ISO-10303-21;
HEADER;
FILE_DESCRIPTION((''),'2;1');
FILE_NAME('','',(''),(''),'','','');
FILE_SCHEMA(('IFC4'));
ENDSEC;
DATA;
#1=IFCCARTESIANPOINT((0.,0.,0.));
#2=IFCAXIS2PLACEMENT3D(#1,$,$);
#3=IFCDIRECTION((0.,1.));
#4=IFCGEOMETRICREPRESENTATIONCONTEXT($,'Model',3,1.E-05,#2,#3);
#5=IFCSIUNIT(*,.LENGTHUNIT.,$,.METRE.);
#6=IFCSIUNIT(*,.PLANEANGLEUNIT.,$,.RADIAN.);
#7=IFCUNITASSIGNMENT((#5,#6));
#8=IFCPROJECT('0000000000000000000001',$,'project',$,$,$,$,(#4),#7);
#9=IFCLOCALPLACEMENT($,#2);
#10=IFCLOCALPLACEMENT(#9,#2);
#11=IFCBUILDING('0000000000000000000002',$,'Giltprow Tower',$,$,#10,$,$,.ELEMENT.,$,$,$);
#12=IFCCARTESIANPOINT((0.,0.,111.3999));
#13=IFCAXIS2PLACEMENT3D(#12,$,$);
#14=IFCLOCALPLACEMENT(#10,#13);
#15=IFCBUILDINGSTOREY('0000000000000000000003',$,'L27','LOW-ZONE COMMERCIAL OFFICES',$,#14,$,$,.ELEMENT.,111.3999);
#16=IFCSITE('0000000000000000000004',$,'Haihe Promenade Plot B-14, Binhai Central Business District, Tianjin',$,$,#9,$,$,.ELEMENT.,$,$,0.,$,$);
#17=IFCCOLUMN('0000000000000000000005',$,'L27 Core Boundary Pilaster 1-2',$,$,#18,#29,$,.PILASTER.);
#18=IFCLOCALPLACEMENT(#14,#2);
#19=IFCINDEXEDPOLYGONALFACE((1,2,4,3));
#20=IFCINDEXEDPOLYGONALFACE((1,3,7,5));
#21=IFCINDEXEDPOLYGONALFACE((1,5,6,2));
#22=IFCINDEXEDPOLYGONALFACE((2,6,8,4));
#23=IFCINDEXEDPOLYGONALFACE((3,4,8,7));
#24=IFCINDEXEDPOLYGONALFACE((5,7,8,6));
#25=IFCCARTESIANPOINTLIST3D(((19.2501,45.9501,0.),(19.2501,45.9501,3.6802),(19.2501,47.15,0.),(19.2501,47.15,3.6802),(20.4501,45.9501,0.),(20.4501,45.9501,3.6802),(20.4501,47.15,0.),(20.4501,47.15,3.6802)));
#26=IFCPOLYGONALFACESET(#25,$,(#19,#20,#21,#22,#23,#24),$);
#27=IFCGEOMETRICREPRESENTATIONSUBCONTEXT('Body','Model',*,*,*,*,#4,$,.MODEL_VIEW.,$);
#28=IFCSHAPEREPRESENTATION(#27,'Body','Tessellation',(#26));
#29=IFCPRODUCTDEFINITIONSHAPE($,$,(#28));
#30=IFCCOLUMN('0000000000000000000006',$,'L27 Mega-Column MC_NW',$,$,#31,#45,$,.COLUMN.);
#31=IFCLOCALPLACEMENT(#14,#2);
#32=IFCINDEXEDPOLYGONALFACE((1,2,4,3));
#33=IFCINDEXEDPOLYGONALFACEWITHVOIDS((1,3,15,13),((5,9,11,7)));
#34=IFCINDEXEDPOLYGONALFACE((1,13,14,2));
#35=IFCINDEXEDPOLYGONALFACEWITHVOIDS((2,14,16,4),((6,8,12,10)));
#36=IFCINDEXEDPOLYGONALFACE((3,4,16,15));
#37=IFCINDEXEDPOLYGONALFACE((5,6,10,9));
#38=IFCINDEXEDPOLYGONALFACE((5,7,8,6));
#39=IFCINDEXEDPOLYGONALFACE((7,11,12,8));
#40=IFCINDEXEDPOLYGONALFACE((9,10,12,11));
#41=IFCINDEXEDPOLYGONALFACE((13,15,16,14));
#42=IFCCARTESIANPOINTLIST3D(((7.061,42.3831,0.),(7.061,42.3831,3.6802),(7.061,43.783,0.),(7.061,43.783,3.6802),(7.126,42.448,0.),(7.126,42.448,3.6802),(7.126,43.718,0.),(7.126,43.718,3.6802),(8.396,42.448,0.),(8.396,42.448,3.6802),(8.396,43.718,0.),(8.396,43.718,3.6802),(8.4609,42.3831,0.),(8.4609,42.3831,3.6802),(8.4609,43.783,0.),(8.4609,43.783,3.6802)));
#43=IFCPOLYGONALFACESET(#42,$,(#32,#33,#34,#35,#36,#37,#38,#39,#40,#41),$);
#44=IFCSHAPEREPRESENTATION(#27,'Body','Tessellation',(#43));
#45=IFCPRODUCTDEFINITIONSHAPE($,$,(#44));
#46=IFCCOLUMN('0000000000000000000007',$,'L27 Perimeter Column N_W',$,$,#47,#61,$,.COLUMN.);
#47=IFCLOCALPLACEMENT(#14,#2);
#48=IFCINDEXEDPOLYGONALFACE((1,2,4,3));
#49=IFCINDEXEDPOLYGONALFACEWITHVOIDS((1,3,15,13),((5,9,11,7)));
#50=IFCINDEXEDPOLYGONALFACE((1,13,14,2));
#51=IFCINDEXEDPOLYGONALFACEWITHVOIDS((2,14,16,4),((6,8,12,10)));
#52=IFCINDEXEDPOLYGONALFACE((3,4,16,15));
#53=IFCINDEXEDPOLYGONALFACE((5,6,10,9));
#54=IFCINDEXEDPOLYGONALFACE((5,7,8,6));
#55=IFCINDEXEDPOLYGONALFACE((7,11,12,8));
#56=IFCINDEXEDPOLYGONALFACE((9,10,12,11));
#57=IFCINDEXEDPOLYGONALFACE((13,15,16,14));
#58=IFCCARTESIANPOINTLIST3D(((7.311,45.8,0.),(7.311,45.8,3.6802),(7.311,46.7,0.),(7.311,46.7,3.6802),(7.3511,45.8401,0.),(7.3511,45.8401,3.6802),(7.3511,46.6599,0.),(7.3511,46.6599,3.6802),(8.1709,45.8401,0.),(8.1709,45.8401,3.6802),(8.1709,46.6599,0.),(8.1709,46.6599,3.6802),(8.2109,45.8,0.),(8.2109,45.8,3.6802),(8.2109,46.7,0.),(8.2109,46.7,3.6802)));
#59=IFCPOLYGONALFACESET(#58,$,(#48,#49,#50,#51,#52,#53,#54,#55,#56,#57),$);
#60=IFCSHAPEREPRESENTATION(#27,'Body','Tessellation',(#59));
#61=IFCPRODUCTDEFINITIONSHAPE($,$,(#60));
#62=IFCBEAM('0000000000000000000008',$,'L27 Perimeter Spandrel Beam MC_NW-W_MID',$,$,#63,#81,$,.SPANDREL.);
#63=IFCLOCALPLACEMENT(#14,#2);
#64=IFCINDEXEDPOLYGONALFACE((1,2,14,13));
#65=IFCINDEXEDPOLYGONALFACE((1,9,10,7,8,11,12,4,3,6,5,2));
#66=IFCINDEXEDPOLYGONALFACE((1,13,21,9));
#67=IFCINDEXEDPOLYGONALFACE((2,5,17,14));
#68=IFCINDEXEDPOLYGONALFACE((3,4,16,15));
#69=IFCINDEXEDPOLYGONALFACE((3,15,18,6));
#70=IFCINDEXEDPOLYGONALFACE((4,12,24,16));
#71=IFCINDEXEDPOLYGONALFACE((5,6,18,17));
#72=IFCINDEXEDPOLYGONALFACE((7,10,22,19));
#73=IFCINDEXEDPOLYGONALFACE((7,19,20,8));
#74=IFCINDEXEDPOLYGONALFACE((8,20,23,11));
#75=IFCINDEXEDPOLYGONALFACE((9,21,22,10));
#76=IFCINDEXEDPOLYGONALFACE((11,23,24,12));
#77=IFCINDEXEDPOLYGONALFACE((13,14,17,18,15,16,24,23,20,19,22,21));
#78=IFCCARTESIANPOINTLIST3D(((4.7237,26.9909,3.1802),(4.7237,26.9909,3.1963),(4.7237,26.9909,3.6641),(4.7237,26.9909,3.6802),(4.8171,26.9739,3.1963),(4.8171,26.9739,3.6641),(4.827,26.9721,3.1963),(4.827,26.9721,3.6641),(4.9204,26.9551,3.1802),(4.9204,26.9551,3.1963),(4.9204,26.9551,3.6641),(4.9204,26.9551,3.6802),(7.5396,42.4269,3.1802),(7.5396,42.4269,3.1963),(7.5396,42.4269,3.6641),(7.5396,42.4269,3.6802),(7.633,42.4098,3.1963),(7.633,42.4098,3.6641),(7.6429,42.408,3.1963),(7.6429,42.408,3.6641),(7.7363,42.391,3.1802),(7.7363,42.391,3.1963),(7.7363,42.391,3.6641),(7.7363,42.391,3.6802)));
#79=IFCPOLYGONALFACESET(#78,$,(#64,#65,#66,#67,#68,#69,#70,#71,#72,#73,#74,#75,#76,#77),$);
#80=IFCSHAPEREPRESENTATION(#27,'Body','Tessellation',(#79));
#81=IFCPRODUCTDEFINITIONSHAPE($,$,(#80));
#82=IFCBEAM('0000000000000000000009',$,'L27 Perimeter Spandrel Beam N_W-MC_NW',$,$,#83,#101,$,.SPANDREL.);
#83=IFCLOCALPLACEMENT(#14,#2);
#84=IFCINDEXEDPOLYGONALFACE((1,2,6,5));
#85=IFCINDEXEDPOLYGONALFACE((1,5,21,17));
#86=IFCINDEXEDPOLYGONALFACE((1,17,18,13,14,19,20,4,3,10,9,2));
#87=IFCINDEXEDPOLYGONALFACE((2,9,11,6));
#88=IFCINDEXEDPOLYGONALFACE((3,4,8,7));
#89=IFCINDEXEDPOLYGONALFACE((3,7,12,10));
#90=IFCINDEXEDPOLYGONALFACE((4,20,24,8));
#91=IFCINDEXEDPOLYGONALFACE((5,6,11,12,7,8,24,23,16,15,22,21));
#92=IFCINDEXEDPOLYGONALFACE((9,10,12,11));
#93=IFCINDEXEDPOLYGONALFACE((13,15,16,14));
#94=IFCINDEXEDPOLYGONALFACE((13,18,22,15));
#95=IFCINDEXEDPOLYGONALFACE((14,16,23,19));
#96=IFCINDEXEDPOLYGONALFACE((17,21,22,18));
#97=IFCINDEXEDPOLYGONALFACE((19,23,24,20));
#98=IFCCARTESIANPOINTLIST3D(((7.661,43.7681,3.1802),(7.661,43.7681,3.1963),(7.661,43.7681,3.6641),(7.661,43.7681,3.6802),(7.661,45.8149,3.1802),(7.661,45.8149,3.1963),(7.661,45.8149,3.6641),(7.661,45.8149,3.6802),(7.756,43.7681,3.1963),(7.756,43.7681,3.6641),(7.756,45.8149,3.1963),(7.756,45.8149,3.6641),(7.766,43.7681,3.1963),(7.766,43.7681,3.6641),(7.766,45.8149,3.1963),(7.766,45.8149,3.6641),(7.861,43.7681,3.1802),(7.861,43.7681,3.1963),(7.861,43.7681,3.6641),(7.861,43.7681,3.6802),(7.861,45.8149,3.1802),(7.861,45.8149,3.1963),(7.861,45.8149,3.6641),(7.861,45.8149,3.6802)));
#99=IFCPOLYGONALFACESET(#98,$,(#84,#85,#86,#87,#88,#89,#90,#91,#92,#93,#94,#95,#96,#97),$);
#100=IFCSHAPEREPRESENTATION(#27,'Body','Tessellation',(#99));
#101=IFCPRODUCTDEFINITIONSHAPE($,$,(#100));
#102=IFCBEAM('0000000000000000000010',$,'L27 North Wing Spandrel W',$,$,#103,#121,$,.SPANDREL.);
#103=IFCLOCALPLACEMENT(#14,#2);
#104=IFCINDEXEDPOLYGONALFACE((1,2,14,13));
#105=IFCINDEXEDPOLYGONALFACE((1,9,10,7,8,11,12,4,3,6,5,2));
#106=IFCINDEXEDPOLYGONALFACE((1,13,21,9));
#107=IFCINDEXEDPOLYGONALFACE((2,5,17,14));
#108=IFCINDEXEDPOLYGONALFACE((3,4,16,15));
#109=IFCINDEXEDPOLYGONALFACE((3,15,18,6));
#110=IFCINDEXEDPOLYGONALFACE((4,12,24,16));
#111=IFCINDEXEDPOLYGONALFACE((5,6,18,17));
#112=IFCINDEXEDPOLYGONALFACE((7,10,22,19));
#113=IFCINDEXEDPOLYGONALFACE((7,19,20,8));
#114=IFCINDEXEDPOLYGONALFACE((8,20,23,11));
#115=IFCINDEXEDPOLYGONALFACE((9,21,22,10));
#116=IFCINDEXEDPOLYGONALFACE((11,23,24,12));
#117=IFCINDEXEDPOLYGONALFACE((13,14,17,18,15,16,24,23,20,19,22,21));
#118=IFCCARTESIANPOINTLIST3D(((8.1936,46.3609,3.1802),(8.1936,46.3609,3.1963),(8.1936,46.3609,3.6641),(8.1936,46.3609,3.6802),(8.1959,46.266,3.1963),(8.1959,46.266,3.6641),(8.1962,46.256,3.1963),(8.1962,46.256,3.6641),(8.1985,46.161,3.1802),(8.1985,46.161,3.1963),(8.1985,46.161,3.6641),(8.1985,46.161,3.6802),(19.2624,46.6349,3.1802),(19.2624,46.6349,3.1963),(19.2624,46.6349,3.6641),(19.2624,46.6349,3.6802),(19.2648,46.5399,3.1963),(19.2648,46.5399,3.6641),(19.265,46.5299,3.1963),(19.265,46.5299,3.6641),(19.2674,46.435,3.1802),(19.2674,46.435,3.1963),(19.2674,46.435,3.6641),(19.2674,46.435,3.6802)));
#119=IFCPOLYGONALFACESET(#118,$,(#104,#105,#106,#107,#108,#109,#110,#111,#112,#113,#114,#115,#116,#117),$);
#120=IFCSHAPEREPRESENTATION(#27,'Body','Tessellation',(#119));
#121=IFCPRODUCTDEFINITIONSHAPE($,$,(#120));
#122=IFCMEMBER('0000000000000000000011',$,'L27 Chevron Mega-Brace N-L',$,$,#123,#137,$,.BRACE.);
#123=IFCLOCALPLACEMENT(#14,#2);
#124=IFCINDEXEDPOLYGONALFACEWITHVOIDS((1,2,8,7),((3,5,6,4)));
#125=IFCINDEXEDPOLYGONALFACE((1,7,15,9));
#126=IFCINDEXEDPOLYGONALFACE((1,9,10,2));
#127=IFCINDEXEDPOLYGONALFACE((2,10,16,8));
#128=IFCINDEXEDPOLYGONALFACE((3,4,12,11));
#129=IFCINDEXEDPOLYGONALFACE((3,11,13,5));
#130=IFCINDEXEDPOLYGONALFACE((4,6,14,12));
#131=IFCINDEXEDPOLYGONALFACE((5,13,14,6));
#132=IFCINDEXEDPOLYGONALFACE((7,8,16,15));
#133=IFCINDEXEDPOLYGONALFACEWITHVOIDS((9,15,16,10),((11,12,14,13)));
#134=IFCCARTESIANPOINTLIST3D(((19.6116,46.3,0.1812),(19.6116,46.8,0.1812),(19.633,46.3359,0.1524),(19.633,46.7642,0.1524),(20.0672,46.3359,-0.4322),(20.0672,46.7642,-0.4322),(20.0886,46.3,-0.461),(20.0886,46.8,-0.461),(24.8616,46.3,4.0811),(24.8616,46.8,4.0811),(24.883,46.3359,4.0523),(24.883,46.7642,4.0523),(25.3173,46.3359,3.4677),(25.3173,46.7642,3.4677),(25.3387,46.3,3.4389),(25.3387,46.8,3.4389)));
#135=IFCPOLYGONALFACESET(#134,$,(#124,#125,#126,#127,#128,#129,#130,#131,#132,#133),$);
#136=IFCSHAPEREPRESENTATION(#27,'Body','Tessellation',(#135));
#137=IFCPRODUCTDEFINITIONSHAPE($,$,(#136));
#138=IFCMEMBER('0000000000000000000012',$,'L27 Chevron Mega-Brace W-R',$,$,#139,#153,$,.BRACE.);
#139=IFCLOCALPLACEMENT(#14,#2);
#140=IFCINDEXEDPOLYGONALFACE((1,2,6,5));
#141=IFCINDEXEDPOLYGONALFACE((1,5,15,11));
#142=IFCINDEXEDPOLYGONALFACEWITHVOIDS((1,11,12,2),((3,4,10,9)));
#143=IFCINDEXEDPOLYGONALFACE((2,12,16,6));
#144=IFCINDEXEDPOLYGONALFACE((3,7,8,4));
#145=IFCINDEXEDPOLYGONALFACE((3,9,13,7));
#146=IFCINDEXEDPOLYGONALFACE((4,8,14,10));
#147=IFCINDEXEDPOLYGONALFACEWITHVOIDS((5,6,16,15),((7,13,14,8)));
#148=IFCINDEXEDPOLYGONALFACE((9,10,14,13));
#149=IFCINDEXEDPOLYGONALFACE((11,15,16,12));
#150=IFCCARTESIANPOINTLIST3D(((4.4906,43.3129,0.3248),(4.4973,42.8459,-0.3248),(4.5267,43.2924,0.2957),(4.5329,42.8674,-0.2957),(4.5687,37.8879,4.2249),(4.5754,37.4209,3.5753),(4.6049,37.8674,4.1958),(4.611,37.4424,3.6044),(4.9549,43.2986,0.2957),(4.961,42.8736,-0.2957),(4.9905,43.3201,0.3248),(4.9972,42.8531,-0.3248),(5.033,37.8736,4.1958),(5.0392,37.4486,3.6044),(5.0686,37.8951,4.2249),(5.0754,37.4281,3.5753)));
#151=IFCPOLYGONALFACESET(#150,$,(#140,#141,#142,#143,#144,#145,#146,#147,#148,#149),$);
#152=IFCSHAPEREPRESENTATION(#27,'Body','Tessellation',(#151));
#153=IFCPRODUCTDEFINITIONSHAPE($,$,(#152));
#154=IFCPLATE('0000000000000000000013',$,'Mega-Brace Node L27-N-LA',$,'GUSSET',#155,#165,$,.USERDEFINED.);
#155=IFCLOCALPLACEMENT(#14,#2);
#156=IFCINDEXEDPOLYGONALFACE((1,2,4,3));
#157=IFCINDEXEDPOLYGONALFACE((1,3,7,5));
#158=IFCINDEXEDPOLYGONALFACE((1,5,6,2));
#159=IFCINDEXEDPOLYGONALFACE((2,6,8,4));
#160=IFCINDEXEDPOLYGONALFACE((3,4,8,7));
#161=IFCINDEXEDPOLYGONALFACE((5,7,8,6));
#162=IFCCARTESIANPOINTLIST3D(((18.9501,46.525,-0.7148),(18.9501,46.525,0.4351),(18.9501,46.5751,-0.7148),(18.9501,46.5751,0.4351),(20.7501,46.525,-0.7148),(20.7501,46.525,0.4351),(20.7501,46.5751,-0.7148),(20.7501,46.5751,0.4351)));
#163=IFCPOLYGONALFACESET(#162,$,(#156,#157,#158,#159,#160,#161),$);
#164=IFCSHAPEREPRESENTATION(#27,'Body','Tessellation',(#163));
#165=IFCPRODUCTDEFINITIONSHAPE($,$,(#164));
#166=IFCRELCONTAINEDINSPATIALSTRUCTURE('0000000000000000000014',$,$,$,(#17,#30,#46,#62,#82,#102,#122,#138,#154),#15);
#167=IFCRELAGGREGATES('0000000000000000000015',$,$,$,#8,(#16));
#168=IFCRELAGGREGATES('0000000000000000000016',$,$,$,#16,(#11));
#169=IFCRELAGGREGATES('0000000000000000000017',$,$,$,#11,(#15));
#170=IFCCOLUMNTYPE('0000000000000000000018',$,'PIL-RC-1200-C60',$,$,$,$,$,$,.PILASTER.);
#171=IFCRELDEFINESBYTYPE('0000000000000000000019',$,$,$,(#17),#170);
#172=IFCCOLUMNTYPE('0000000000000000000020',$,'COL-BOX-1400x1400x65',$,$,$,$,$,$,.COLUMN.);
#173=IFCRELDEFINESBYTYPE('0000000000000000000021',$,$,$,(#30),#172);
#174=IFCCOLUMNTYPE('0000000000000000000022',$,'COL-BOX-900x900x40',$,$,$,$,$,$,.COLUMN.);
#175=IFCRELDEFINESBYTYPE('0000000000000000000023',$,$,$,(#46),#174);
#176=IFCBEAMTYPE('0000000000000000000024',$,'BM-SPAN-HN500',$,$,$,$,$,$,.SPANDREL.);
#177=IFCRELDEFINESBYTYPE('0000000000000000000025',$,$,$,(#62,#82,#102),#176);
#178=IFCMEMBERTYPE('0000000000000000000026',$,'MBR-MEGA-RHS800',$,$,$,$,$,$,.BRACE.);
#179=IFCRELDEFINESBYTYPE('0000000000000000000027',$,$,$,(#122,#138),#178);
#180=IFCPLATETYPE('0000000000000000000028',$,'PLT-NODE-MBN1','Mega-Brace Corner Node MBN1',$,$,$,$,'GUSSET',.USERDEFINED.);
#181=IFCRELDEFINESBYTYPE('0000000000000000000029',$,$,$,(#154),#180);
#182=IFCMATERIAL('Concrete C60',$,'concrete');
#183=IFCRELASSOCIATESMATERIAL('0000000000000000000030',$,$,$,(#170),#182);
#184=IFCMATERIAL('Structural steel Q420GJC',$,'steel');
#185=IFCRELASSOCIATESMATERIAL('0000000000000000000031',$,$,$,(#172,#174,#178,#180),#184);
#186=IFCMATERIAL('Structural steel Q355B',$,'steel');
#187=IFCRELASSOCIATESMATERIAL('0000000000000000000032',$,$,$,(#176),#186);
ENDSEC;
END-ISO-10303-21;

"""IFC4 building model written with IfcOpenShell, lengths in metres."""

from ifc_helpers import new_model, si_unit, direction, frame, origin, origin_2d, place, context, subcontext, project, spatial, rectangle, hollow_rectangle, i_section, extrude, source, transform, mapped, material, material_profile, profile_set, type_object, element, save


model = new_model("IFC4")

# Units and contexts
model_context = context("Model", 3, precision=1e-05, world=origin(), true_north=direction((0.0, 1.0)))
body_context = subcontext(model_context, "Body", "Model", "MODEL_VIEW")
ifc_project = project(units=[si_unit("LENGTHUNIT", "METRE"), si_unit("PLANEANGLEUNIT", "RADIAN")], contexts=[model_context])

# Site, building, storey
site_placement = place(None, origin())
site = spatial("IfcSite", under=ifc_project, at=site_placement, Name="Haihe Promenade Plot B-14, Binhai Central Business District, Tianjin", CompositionType="ELEMENT", RefElevation=0.0)
building_placement = place(site_placement, origin())
building = spatial("IfcBuilding", under=site, at=building_placement, Name="Giltprow Tower", CompositionType="ELEMENT")
storey_placement = place(building_placement, frame((0.0, 0.0, 111.3999)))
storey = spatial("IfcBuildingStorey", under=building, at=storey_placement, Name="L27", Description="LOW-ZONE COMMERCIAL OFFICES", CompositionType="ELEMENT", Elevation=111.3999)

# Columns
ifc_material_1 = material(Name="Concrete C60", Category="concrete")
ifc_material_profile_1 = material_profile(ifc_material_1, rectangle(XDim=1.2, YDim=1.2, at=origin_2d()), Name="RC 1200x1200")
ifc_profile_set_1 = profile_set([ifc_material_profile_1], Name="Concrete C60")
column_type_1 = type_object("IfcColumnType", Name="PIL-RC-1200-C60", PredefinedType="PILASTER", material=ifc_profile_set_1)
shared_shape_1 = source(origin(), body_context, "Body", "SweptSolid", [
    extrude(rectangle(XDim=1.2, YDim=1.2, at=origin_2d()), origin(), (0.0, 0.0, 1.0), 3.6802),
])
column_1_placement = place(storey_placement, frame((19.8501, 46.55, 0.0), z_axis=(0.0, 0.0, 1.0), x_axis=(1.0, 0.0, 0.0)))
element("IfcColumn", 1, at=column_1_placement, inside=storey, type_object=column_type_1, Name="L27 Core Boundary Pilaster 1-2", PredefinedType="PILASTER", context=body_context, shape_type="MappedRepresentation", body=[
    mapped(shared_shape_1, transform((0.0, 0.0, 0.0), x_axis=(1.0, 0.0, 0.0), y_axis=(0.0, 1.0, 0.0), z_axis=(0.0, 0.0, 1.0), scale=1.0)),
])
ifc_material_2 = material(Name="Structural steel Q420GJC", Category="steel")
ifc_material_profile_2 = material_profile(ifc_material_2, hollow_rectangle(XDim=1.3999, YDim=1.3999, WallThickness=0.0649, at=origin_2d()), Name="BOX 1400x1400x65")
ifc_profile_set_2 = profile_set([ifc_material_profile_2], Name="Structural steel Q420GJC")
column_type_2 = type_object("IfcColumnType", Name="COL-BOX-1400x1400x65", PredefinedType="COLUMN", material=ifc_profile_set_2)
shared_shape_2 = source(origin(), body_context, "Body", "SweptSolid", [
    extrude(hollow_rectangle(XDim=1.3999, YDim=1.3999, WallThickness=0.0649, at=origin_2d()), origin(), (0.0, 0.0, 1.0), 3.6802),
])
column_2_placement = place(storey_placement, frame((7.761, 43.083, 0.0), z_axis=(0.0, 0.0, 1.0), x_axis=(1.0, 0.0, 0.0)))
element("IfcColumn", 2, at=column_2_placement, inside=storey, type_object=column_type_2, Name="L27 Mega-Column MC_NW", PredefinedType="COLUMN", context=body_context, shape_type="MappedRepresentation", body=[
    mapped(shared_shape_2, transform((0.0, 0.0, 0.0), x_axis=(1.0, 0.0, 0.0), y_axis=(0.0, 1.0, 0.0), z_axis=(0.0, 0.0, 1.0), scale=1.0)),
])
ifc_material_profile_3 = material_profile(ifc_material_2, hollow_rectangle(XDim=0.8999, YDim=0.8999, WallThickness=0.04, at=origin_2d()), Name="BOX 900x900x40")
ifc_profile_set_3 = profile_set([ifc_material_profile_3], Name="Structural steel Q420GJC")
column_type_3 = type_object("IfcColumnType", Name="COL-BOX-900x900x40", PredefinedType="COLUMN", material=ifc_profile_set_3)
shared_shape_3 = source(origin(), body_context, "Body", "SweptSolid", [
    extrude(hollow_rectangle(XDim=0.8999, YDim=0.8999, WallThickness=0.04, at=origin_2d()), origin(), (0.0, 0.0, 1.0), 3.6802),
])
column_3_placement = place(storey_placement, frame((7.761, 46.25, 0.0), z_axis=(0.0, 0.0, 1.0), x_axis=(1.0, 0.0, 0.0)))
element("IfcColumn", 3, at=column_3_placement, inside=storey, type_object=column_type_3, Name="L27 Perimeter Column N_W", PredefinedType="COLUMN", context=body_context, shape_type="MappedRepresentation", body=[
    mapped(shared_shape_3, transform((0.0, 0.0, 0.0), x_axis=(1.0, 0.0, 0.0), y_axis=(0.0, 1.0, 0.0), z_axis=(0.0, 0.0, 1.0), scale=1.0)),
])

# Beams
ifc_material_3 = material(Name="Structural steel Q355B", Category="steel")
ifc_material_profile_4 = material_profile(ifc_material_3, i_section(OverallWidth=0.2, OverallDepth=0.5, WebThickness=0.01, FlangeThickness=0.0161, at=origin_2d()), Name="HN 500x200x10x16")
ifc_profile_set_4 = profile_set([ifc_material_profile_4], Name="Structural steel Q355B")
beam_type = type_object("IfcBeamType", Name="BM-SPAN-HN500", PredefinedType="SPANDREL", material=ifc_profile_set_4)
shared_shape_4 = source(origin(), body_context, "Body", "SweptSolid", [
    extrude(i_section(OverallWidth=0.2, OverallDepth=0.5, WebThickness=0.01, FlangeThickness=0.0161, at=origin_2d()), origin(), (0.0, 0.0, 1.0), 15.6907),
])
beam_1_placement = place(storey_placement, frame((7.6379, 42.4089, 3.4302), z_axis=(-0.179463, -0.983765, 0.0), x_axis=(0.983765, -0.179463, 0.0)))
element("IfcBeam", 4, at=beam_1_placement, inside=storey, type_object=beam_type, Name="L27 Perimeter Spandrel Beam MC_NW-W_MID", PredefinedType="SPANDREL", context=body_context, shape_type="MappedRepresentation", body=[
    mapped(shared_shape_4, transform((0.0, 0.0, 0.0), x_axis=(1.0, 0.0, 0.0), y_axis=(0.0, 1.0, 0.0), z_axis=(0.0, 0.0, 1.0), scale=1.0)),
])
shared_shape_5 = source(origin(), body_context, "Body", "SweptSolid", [
    extrude(i_section(OverallWidth=0.2, OverallDepth=0.5, WebThickness=0.01, FlangeThickness=0.0161, at=origin_2d()), origin(), (0.0, 0.0, 1.0), 2.0469),
])
beam_2_placement = place(storey_placement, frame((7.761, 45.8149, 3.4302), z_axis=(0.0, -1.0, 0.0), x_axis=(1.0, 0.0, 0.0)))
element("IfcBeam", 5, at=beam_2_placement, inside=storey, type_object=beam_type, Name="L27 Perimeter Spandrel Beam N_W-MC_NW", PredefinedType="SPANDREL", context=body_context, shape_type="MappedRepresentation", body=[
    mapped(shared_shape_5, transform((0.0, 0.0, 0.0), x_axis=(1.0, 0.0, 0.0), y_axis=(0.0, 1.0, 0.0), z_axis=(0.0, 0.0, 1.0), scale=1.0)),
])
shared_shape_6 = source(origin(), body_context, "Body", "SweptSolid", [
    extrude(i_section(OverallWidth=0.2, OverallDepth=0.5, WebThickness=0.01, FlangeThickness=0.0161, at=origin_2d()), origin(), (0.0, 0.0, 1.0), 11.0723),
])
beam_3_placement = place(storey_placement, frame((8.196, 46.261, 3.4302), z_axis=(0.999694, 0.02474, 0.0), x_axis=(-0.02474, 0.999694, 0.0)))
element("IfcBeam", 6, at=beam_3_placement, inside=storey, type_object=beam_type, Name="L27 North Wing Spandrel W", PredefinedType="SPANDREL", context=body_context, shape_type="MappedRepresentation", body=[
    mapped(shared_shape_6, transform((0.0, 0.0, 0.0), x_axis=(1.0, 0.0, 0.0), y_axis=(0.0, 1.0, 0.0), z_axis=(0.0, 0.0, 1.0), scale=1.0)),
])

# Members
ifc_material_profile_5 = material_profile(ifc_material_2, hollow_rectangle(XDim=0.5, YDim=0.8, WallThickness=0.0359, at=origin_2d()), Name="RHS 800x500x36")
ifc_profile_set_5 = profile_set([ifc_material_profile_5], Name="Structural steel Q420GJC")
member_type = type_object("IfcMemberType", Name="MBR-MEGA-RHS800", PredefinedType="BRACE", material=ifc_profile_set_5)
shared_shape_7 = source(origin(), body_context, "Body", "SweptSolid", [
    extrude(hollow_rectangle(XDim=0.5, YDim=0.8, WallThickness=0.0359, at=origin_2d()), origin(), (0.0, 0.0, 1.0), 6.54),
])
member_1_placement = place(storey_placement, frame((19.8501, 46.55, -0.1399), z_axis=(0.802751, 0.0, 0.596314), x_axis=(0.0, 1.0, 0.0)))
element("IfcMember", 7, at=member_1_placement, inside=storey, type_object=member_type, Name="L27 Chevron Mega-Brace N-L", PredefinedType="BRACE", context=body_context, shape_type="MappedRepresentation", body=[
    mapped(shared_shape_7, transform((0.0, 0.0, 0.0), x_axis=(1.0, 0.0, 0.0), y_axis=(0.0, 1.0, 0.0), z_axis=(0.0, 0.0, 1.0), scale=1.0)),
])
shared_shape_8 = source(origin(), body_context, "Body", "SweptSolid", [
    extrude(hollow_rectangle(XDim=0.5, YDim=0.8, WallThickness=0.0359, at=origin_2d()), origin(), (0.0, 0.0, 1.0), 6.6819),
])
member_2_placement = place(storey_placement, frame((4.7439, 43.083, 0.0), z_axis=(0.011692, -0.811897, 0.583684), x_axis=(0.999896, 0.014399, 0.0)))
element("IfcMember", 8, at=member_2_placement, inside=storey, type_object=member_type, Name="L27 Chevron Mega-Brace W-R", PredefinedType="BRACE", context=body_context, shape_type="MappedRepresentation", body=[
    mapped(shared_shape_8, transform((0.0, 0.0, 0.0), x_axis=(1.0, 0.0, 0.0), y_axis=(0.0, 1.0, 0.0), z_axis=(0.0, 0.0, 1.0), scale=1.0)),
])

# Plate
plate_type = type_object("IfcPlateType", Name="PLT-NODE-MBN1", Description="Mega-Brace Corner Node MBN1", ElementType="GUSSET", PredefinedType="USERDEFINED", material=ifc_material_2)
shared_shape_9 = source(origin(), body_context, "Body", "SweptSolid", [
    extrude(rectangle(XDim=1.8, YDim=0.05, at=origin_2d()), origin(), (0.0, 0.0, 1.0), 1.1499),
])
for number, where, z_axis, x_axis, name in (
    (9, (19.8501, 46.55, -0.7148), (0.0, 0.0, 1.0), (1.0, 0.0, 0.0), "Mega-Brace Node L27-N-LA"),
):
    element("IfcPlate", number, at=place(storey_placement, frame(where, z_axis=z_axis, x_axis=x_axis)), inside=storey, type_object=plate_type, Name=name, ObjectType="GUSSET", PredefinedType="USERDEFINED", context=body_context, shape_type="MappedRepresentation", body=[
        mapped(shared_shape_9, transform((0.0, 0.0, 0.0), x_axis=(1.0, 0.0, 0.0), y_axis=(0.0, 1.0, 0.0), z_axis=(0.0, 0.0, 1.0), scale=1.0)),
    ])

save(model, "model.ifc")
